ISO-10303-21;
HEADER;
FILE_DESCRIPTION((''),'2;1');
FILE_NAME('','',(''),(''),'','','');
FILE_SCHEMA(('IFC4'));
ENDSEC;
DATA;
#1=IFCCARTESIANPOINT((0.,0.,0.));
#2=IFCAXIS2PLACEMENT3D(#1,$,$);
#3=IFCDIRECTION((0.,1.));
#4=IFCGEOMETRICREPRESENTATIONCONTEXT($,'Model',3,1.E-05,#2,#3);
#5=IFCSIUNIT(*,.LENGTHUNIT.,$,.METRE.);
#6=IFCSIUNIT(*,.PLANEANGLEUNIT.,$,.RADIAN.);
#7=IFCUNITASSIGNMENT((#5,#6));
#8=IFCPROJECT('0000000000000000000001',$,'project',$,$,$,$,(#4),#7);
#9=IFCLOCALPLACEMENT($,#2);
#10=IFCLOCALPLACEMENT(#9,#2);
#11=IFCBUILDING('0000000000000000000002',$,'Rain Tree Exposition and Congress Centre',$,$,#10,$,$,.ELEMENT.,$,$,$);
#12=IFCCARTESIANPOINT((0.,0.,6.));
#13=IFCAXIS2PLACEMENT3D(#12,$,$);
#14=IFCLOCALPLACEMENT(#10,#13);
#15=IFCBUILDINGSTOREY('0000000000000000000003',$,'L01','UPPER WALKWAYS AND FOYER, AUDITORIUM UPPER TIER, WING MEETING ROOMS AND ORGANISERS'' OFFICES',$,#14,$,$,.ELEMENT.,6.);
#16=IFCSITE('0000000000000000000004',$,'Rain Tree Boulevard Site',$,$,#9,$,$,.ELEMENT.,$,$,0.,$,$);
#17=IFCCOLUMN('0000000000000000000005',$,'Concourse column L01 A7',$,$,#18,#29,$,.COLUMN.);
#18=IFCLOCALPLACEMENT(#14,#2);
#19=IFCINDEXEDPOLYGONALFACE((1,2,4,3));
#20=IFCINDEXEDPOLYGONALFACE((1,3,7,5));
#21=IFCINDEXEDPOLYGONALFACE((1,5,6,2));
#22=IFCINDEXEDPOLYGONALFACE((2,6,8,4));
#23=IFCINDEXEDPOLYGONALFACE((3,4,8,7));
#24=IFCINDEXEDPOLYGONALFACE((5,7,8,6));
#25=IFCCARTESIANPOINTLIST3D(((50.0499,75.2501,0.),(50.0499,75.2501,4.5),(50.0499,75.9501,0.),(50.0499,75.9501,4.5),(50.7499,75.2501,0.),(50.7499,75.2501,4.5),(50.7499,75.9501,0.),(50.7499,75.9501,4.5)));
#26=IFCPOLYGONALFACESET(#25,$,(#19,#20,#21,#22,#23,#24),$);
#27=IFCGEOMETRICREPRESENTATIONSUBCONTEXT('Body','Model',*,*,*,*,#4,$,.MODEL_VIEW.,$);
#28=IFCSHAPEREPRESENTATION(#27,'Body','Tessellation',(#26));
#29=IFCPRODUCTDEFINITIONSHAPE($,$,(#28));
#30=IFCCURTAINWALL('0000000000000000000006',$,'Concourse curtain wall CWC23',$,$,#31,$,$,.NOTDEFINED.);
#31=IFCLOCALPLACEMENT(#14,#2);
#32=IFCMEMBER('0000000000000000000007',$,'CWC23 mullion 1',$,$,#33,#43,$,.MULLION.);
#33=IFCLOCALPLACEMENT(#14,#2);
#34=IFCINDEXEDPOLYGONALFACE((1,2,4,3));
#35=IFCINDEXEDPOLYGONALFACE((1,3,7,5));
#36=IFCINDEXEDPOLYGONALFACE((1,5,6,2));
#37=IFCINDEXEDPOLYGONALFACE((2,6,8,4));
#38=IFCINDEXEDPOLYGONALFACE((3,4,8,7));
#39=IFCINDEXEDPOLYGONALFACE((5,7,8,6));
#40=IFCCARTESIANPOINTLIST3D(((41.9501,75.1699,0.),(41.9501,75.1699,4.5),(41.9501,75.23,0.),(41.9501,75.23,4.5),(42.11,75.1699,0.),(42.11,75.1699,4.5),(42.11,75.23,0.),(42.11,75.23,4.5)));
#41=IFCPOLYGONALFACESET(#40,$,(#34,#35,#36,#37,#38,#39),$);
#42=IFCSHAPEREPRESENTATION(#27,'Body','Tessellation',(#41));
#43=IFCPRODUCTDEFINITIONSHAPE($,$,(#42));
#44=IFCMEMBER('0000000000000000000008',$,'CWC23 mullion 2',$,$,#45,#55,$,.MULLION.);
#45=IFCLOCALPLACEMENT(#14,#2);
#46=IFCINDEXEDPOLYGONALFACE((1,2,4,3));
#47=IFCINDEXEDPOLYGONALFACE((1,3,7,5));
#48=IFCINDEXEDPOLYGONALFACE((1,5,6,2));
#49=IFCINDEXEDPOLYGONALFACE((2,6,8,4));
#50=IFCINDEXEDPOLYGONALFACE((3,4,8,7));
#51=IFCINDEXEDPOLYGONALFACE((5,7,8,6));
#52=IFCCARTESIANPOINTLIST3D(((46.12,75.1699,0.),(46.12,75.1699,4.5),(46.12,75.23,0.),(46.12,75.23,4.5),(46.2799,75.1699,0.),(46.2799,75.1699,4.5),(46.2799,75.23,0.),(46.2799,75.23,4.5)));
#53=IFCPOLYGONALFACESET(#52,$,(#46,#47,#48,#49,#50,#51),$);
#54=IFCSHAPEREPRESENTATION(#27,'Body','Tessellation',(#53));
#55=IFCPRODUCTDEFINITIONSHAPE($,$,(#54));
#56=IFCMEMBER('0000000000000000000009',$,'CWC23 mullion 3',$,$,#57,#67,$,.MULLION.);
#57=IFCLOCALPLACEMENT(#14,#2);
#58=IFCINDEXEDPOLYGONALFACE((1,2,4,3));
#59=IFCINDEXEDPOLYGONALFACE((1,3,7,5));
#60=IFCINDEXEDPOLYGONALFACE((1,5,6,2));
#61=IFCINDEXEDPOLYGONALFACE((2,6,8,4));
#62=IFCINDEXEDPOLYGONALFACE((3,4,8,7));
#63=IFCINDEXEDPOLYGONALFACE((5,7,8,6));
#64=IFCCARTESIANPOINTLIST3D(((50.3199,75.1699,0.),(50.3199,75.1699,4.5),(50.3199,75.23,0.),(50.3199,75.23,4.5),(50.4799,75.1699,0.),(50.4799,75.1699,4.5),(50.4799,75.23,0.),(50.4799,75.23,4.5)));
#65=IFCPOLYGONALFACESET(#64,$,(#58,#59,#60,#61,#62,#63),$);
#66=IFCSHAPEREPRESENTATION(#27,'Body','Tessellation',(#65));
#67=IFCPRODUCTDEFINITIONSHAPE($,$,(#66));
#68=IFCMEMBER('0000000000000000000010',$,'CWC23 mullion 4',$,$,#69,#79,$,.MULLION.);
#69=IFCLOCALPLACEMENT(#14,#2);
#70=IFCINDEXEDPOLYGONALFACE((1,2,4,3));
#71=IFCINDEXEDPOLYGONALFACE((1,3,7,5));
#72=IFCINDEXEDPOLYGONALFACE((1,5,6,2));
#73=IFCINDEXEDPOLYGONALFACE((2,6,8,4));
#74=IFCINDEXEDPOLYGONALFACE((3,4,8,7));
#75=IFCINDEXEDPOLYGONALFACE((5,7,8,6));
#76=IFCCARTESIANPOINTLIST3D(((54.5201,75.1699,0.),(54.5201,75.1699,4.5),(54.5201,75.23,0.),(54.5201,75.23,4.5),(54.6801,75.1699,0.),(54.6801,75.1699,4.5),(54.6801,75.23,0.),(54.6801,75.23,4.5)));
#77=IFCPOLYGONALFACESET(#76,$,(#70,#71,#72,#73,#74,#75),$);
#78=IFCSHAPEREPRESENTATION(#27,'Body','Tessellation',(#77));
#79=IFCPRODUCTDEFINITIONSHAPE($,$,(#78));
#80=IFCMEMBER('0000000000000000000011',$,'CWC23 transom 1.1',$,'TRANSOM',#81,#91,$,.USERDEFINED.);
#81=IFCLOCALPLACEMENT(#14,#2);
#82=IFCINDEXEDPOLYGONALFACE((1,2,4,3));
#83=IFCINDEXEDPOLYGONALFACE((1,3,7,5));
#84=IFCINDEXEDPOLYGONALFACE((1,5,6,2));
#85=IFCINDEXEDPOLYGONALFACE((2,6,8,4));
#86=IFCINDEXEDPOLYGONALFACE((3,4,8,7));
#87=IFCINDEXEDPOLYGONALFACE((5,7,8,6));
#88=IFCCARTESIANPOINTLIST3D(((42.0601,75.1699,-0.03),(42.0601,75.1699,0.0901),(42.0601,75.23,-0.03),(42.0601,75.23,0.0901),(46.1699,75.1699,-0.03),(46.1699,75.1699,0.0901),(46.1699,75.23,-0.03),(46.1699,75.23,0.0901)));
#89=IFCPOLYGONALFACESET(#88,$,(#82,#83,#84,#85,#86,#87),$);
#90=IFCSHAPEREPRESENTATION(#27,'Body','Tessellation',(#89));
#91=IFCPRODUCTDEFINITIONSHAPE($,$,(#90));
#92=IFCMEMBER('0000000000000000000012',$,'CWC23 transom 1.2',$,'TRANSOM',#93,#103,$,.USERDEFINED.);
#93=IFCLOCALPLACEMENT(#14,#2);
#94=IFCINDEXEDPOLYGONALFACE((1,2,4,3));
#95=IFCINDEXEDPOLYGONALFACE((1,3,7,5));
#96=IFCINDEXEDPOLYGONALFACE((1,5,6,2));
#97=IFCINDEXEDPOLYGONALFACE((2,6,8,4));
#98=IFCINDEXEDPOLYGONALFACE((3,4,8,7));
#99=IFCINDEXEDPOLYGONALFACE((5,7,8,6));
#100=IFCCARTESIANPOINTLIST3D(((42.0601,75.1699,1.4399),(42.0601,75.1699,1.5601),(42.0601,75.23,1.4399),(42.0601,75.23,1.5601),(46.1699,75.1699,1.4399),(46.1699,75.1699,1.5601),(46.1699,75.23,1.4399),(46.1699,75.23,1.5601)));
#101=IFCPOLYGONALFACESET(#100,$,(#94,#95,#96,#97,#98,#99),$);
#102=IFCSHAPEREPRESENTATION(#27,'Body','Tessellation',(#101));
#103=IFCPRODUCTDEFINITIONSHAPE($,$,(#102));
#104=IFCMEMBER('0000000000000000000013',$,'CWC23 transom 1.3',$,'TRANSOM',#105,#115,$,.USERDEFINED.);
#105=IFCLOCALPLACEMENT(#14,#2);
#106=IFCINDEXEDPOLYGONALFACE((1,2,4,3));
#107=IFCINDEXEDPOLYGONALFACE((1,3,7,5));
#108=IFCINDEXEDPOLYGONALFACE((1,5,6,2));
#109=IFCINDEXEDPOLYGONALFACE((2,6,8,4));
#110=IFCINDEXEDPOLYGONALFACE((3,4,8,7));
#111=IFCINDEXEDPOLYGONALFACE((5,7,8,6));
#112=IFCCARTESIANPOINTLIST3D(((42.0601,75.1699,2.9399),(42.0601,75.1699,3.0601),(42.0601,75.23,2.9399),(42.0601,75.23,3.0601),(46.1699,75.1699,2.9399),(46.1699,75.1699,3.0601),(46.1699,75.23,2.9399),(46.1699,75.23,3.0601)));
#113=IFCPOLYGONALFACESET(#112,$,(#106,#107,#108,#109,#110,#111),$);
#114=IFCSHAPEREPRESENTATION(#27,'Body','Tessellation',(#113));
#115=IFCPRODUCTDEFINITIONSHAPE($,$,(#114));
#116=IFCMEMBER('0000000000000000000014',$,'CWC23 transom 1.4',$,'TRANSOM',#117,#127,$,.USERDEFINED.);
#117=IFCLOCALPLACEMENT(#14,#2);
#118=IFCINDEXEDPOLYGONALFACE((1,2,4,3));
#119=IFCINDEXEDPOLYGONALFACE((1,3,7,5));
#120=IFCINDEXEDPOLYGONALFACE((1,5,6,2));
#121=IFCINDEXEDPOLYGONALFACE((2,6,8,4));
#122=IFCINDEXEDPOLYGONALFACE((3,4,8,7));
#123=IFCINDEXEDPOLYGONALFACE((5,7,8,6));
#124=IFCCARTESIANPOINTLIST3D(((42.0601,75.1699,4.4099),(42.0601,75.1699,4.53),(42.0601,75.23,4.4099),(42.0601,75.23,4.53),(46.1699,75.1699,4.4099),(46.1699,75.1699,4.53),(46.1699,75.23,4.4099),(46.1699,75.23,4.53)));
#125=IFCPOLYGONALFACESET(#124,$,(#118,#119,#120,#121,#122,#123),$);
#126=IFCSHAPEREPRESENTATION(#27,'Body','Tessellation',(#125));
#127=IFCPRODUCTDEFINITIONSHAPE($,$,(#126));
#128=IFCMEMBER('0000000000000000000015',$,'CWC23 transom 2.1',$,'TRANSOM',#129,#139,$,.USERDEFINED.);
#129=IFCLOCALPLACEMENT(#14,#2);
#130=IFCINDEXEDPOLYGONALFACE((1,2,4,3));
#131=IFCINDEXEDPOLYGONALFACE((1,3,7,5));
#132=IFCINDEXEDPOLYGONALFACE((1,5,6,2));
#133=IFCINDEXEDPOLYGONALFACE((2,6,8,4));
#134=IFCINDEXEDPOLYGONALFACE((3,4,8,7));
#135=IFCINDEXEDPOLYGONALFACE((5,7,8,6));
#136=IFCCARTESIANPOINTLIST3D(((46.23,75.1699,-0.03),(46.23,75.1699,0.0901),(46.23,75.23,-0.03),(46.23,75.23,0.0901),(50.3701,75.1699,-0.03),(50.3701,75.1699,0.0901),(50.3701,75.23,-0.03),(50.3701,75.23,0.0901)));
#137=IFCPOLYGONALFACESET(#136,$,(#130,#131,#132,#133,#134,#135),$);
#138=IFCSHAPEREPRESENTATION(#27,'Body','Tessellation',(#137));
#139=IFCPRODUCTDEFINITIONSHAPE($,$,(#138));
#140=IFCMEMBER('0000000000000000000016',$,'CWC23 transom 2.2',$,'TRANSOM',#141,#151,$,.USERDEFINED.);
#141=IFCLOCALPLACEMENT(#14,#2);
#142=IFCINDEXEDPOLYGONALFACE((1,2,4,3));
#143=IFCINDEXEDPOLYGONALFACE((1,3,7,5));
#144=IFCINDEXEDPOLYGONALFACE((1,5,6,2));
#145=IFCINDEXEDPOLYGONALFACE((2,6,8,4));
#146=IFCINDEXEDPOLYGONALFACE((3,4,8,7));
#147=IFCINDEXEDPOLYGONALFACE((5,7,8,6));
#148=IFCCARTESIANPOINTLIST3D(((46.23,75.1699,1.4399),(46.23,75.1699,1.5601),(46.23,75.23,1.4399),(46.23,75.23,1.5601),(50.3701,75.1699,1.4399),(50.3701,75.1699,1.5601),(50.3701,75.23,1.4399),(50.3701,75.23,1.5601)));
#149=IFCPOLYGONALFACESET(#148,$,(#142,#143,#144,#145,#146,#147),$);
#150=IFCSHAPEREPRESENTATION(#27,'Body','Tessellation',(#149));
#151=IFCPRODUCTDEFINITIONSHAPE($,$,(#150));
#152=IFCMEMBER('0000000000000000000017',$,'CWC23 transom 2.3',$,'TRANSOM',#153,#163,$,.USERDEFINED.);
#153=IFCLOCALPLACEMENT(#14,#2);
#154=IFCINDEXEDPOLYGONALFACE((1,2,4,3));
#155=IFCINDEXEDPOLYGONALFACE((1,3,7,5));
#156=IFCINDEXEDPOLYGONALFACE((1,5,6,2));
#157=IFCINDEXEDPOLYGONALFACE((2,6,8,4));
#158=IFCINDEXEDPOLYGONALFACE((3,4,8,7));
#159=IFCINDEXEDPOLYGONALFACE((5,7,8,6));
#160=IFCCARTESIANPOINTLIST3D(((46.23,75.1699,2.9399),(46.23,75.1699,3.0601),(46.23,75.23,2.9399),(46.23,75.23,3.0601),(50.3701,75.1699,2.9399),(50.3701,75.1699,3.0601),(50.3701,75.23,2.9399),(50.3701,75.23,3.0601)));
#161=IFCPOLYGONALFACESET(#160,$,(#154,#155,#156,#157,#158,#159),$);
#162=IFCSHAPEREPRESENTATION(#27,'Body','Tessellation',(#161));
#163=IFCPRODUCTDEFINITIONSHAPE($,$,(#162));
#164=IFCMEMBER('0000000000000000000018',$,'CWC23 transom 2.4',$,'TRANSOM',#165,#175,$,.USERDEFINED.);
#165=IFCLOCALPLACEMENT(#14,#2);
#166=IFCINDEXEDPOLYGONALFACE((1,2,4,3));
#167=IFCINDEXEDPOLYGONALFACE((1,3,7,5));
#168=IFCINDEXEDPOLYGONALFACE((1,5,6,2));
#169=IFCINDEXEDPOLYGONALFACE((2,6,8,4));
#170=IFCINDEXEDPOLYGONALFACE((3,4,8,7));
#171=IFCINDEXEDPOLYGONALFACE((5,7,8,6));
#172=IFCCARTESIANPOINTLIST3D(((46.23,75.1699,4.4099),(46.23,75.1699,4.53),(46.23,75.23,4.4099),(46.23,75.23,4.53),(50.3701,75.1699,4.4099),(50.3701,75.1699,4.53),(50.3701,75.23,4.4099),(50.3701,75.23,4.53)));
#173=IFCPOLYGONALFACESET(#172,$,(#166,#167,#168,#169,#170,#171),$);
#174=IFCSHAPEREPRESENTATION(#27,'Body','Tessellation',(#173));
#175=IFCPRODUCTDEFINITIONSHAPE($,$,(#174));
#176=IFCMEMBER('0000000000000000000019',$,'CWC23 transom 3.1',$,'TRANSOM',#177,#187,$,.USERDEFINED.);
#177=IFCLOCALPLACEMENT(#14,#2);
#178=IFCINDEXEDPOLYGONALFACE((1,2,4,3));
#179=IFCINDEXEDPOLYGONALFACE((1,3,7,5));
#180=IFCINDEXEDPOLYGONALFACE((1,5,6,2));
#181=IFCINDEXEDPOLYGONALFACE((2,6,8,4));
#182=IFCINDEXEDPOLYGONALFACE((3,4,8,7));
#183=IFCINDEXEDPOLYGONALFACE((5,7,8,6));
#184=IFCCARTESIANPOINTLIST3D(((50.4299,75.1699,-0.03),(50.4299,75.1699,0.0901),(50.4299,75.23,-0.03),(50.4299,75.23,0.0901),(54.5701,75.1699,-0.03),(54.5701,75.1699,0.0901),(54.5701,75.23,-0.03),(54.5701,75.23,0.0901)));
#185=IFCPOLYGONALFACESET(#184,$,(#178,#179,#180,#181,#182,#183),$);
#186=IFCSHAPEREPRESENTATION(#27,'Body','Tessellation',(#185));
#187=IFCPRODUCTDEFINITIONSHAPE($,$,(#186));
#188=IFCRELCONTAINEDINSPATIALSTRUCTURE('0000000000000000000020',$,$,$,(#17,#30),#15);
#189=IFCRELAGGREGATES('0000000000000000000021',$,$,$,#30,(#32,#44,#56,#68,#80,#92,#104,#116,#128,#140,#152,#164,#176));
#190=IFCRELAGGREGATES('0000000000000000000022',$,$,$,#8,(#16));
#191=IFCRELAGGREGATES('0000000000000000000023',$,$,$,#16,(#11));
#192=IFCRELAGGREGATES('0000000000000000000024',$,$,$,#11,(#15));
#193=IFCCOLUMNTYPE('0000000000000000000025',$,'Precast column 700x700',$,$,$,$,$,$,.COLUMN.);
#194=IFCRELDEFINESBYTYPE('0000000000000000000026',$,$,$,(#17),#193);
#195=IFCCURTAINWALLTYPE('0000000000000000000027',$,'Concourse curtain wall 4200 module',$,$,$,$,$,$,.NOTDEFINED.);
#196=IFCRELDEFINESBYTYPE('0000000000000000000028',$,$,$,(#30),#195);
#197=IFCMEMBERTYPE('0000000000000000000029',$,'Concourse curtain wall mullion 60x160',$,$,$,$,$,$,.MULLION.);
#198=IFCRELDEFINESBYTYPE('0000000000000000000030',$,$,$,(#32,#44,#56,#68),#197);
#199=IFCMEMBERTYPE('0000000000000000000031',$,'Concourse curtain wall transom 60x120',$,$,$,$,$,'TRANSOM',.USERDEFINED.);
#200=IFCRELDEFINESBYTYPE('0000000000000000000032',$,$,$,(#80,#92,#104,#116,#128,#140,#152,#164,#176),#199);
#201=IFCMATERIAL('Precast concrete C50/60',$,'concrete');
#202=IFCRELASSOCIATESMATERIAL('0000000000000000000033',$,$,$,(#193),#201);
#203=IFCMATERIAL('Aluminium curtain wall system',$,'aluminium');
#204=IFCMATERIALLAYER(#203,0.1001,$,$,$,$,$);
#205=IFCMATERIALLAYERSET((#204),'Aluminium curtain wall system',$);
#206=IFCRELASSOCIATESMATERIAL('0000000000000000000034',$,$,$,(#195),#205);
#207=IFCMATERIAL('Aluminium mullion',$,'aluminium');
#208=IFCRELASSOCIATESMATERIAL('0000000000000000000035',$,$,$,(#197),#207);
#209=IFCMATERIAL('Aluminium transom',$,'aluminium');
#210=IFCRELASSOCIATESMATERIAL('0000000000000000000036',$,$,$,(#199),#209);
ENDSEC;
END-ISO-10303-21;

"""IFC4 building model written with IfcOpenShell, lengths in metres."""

from ifc_helpers import new_model, si_unit, direction, frame, origin, origin_2d, place, context, subcontext, project, spatial, rectangle, extrude, material, layer, layer_set, material_profile, profile_set, type_object, element, aggregate, save


model = new_model("IFC4")

# Units and contexts
model_context = context("Model", 3, precision=1e-05, world=origin(), true_north=direction((0.0, 1.0)))
body_context = subcontext(model_context, "Body", "Model", "MODEL_VIEW")
ifc_project = project(units=[si_unit("LENGTHUNIT", "METRE"), si_unit("PLANEANGLEUNIT", "RADIAN")], contexts=[model_context])

# Site, building, storey
site_placement = place(None, origin())
site = spatial("IfcSite", under=ifc_project, at=site_placement, Name="Rain Tree Boulevard Site", CompositionType="ELEMENT", RefElevation=0.0)
building_placement = place(site_placement, origin())
building = spatial("IfcBuilding", under=site, at=building_placement, Name="Rain Tree Exposition and Congress Centre", CompositionType="ELEMENT")
storey_placement = place(building_placement, frame((0.0, 0.0, 6.0)))
storey = spatial("IfcBuildingStorey", under=building, at=storey_placement, Name="L01", Description="UPPER WALKWAYS AND FOYER, AUDITORIUM UPPER TIER, WING MEETING ROOMS AND ORGANISERS' OFFICES", CompositionType="ELEMENT", Elevation=6.0)

# Column
ifc_material_1 = material(Name="Precast concrete C50/60", Category="concrete")
ifc_material_profile_1 = material_profile(ifc_material_1, rectangle(XDim=0.7, YDim=0.7, at=origin_2d()), Name="RC 700x700")
ifc_profile_set_1 = profile_set([ifc_material_profile_1], Name="Precast concrete C50/60")
column_type = type_object("IfcColumnType", Name="Precast column 700x700", PredefinedType="COLUMN", material=ifc_profile_set_1)
column_placement = place(storey_placement, frame((50.3999, 75.6001, 0.0), z_axis=(0.0, 0.0, 1.0), x_axis=(1.0, 0.0, 0.0)))
element("IfcColumn", 1, at=column_placement, inside=storey, type_object=column_type, Name="Concourse column L01 A7", PredefinedType="COLUMN", context=body_context, shape_type="SweptSolid", body=[
    extrude(rectangle(XDim=0.7, YDim=0.7, at=origin_2d()), origin(), (0.0, 0.0, 1.0), 4.5),
])

# Curtain wall, members
ifc_material_2 = material(Name="Aluminium curtain wall system", Category="aluminium")
ifc_layer_1 = layer(ifc_material_2, 0.1001)
ifc_layer_set_1 = layer_set([ifc_layer_1], Name="Aluminium curtain wall system")
curtain_wall_type = type_object("IfcCurtainWallType", Name="Concourse curtain wall 4200 module", PredefinedType="NOTDEFINED", material=ifc_layer_set_1)
curtain_wall_placement = place(storey_placement, origin())
curtain_wall = element("IfcCurtainWall", 2, at=curtain_wall_placement, inside=storey, type_object=curtain_wall_type, Name="Concourse curtain wall CWC23", PredefinedType="NOTDEFINED")
ifc_material_3 = material(Name="Aluminium mullion", Category="aluminium")
ifc_material_profile_2 = material_profile(ifc_material_3, rectangle(XDim=0.0601, YDim=0.1599, at=origin_2d()), Name="AL 60x160")
ifc_profile_set_2 = profile_set([ifc_material_profile_2], Name="Aluminium mullion")
member_type_1 = type_object("IfcMemberType", Name="Concourse curtain wall mullion 60x160", PredefinedType="MULLION", material=ifc_profile_set_2)
member_1_placement = place(storey_placement, frame((42.03, 75.2, 0.0), z_axis=(0.0, 0.0, 1.0), x_axis=(0.0, 1.0, 0.0)))
member_1 = element("IfcMember", 3, at=member_1_placement, type_object=member_type_1, Name="CWC23 mullion 1", PredefinedType="MULLION", context=body_context, shape_type="SweptSolid", body=[
    extrude(rectangle(XDim=0.0601, YDim=0.1599, at=origin_2d()), origin(), (0.0, 0.0, 1.0), 4.5),
])
member_2_placement = place(storey_placement, frame((46.2, 75.2, 0.0), z_axis=(0.0, 0.0, 1.0), x_axis=(0.0, 1.0, 0.0)))
member_2 = element("IfcMember", 4, at=member_2_placement, type_object=member_type_1, Name="CWC23 mullion 2", PredefinedType="MULLION", context=body_context, shape_type="SweptSolid", body=[
    extrude(rectangle(XDim=0.0601, YDim=0.1599, at=origin_2d()), origin(), (0.0, 0.0, 1.0), 4.5),
])
member_3_placement = place(storey_placement, frame((50.3999, 75.2, 0.0), z_axis=(0.0, 0.0, 1.0), x_axis=(0.0, 1.0, 0.0)))
member_3 = element("IfcMember", 5, at=member_3_placement, type_object=member_type_1, Name="CWC23 mullion 3", PredefinedType="MULLION", context=body_context, shape_type="SweptSolid", body=[
    extrude(rectangle(XDim=0.0601, YDim=0.1599, at=origin_2d()), origin(), (0.0, 0.0, 1.0), 4.5),
])
member_4_placement = place(storey_placement, frame((54.6001, 75.2, 0.0), z_axis=(0.0, 0.0, 1.0), x_axis=(0.0, 1.0, 0.0)))
member_4 = element("IfcMember", 6, at=member_4_placement, type_object=member_type_1, Name="CWC23 mullion 4", PredefinedType="MULLION", context=body_context, shape_type="SweptSolid", body=[
    extrude(rectangle(XDim=0.0601, YDim=0.1599, at=origin_2d()), origin(), (0.0, 0.0, 1.0), 4.5),
])
ifc_material_4 = material(Name="Aluminium transom", Category="aluminium")
ifc_material_profile_3 = material_profile(ifc_material_4, rectangle(XDim=0.0601, YDim=0.1201, at=origin_2d()), Name="AL 60x120")
ifc_profile_set_3 = profile_set([ifc_material_profile_3], Name="Aluminium transom")
member_type_2 = type_object("IfcMemberType", Name="Concourse curtain wall transom 60x120", ElementType="TRANSOM", PredefinedType="USERDEFINED", material=ifc_profile_set_3)
member_5_placement = place(storey_placement, frame((42.0601, 75.2, 0.03), z_axis=(1.0, 0.0, 0.0), x_axis=(0.0, 1.0, 0.0)))
member_5 = element("IfcMember", 7, at=member_5_placement, type_object=member_type_2, Name="CWC23 transom 1.1", ObjectType="TRANSOM", PredefinedType="USERDEFINED", context=body_context, shape_type="SweptSolid", body=[
    extrude(rectangle(XDim=0.0601, YDim=0.1201, at=origin_2d()), origin(), (0.0, 0.0, 1.0), 4.1099),
])
member_6_placement = place(storey_placement, frame((42.0601, 75.2, 1.5), z_axis=(1.0, 0.0, 0.0), x_axis=(0.0, 1.0, 0.0)))
member_6 = element("IfcMember", 8, at=member_6_placement, type_object=member_type_2, Name="CWC23 transom 1.2", ObjectType="TRANSOM", PredefinedType="USERDEFINED", context=body_context, shape_type="SweptSolid", body=[
    extrude(rectangle(XDim=0.0601, YDim=0.1201, at=origin_2d()), origin(), (0.0, 0.0, 1.0), 4.1099),
])
member_7_placement = place(storey_placement, frame((42.0601, 75.2, 3.0), z_axis=(1.0, 0.0, 0.0), x_axis=(0.0, 1.0, 0.0)))
member_7 = element("IfcMember", 9, at=member_7_placement, type_object=member_type_2, Name="CWC23 transom 1.3", ObjectType="TRANSOM", PredefinedType="USERDEFINED", context=body_context, shape_type="SweptSolid", body=[
    extrude(rectangle(XDim=0.0601, YDim=0.1201, at=origin_2d()), origin(), (0.0, 0.0, 1.0), 4.1099),
])
member_8_placement = place(storey_placement, frame((42.0601, 75.2, 4.47), z_axis=(1.0, 0.0, 0.0), x_axis=(0.0, 1.0, 0.0)))
member_8 = element("IfcMember", 10, at=member_8_placement, type_object=member_type_2, Name="CWC23 transom 1.4", ObjectType="TRANSOM", PredefinedType="USERDEFINED", context=body_context, shape_type="SweptSolid", body=[
    extrude(rectangle(XDim=0.0601, YDim=0.1201, at=origin_2d()), origin(), (0.0, 0.0, 1.0), 4.1099),
])
member_9_placement = place(storey_placement, frame((46.23, 75.2, 0.03), z_axis=(1.0, 0.0, 0.0), x_axis=(0.0, 1.0, 0.0)))
member_9 = element("IfcMember", 11, at=member_9_placement, type_object=member_type_2, Name="CWC23 transom 2.1", ObjectType="TRANSOM", PredefinedType="USERDEFINED", context=body_context, shape_type="SweptSolid", body=[
    extrude(rectangle(XDim=0.0601, YDim=0.1201, at=origin_2d()), origin(), (0.0, 0.0, 1.0), 4.1401),
])
member_10_placement = place(storey_placement, frame((46.23, 75.2, 1.5), z_axis=(1.0, 0.0, 0.0), x_axis=(0.0, 1.0, 0.0)))
member_10 = element("IfcMember", 12, at=member_10_placement, type_object=member_type_2, Name="CWC23 transom 2.2", ObjectType="TRANSOM", PredefinedType="USERDEFINED", context=body_context, shape_type="SweptSolid", body=[
    extrude(rectangle(XDim=0.0601, YDim=0.1201, at=origin_2d()), origin(), (0.0, 0.0, 1.0), 4.1401),
])
member_11_placement = place(storey_placement, frame((46.23, 75.2, 3.0), z_axis=(1.0, 0.0, 0.0), x_axis=(0.0, 1.0, 0.0)))
member_11 = element("IfcMember", 13, at=member_11_placement, type_object=member_type_2, Name="CWC23 transom 2.3", ObjectType="TRANSOM", PredefinedType="USERDEFINED", context=body_context, shape_type="SweptSolid", body=[
    extrude(rectangle(XDim=0.0601, YDim=0.1201, at=origin_2d()), origin(), (0.0, 0.0, 1.0), 4.1401),
])
member_12_placement = place(storey_placement, frame((46.23, 75.2, 4.47), z_axis=(1.0, 0.0, 0.0), x_axis=(0.0, 1.0, 0.0)))
member_12 = element("IfcMember", 14, at=member_12_placement, type_object=member_type_2, Name="CWC23 transom 2.4", ObjectType="TRANSOM", PredefinedType="USERDEFINED", context=body_context, shape_type="SweptSolid", body=[
    extrude(rectangle(XDim=0.0601, YDim=0.1201, at=origin_2d()), origin(), (0.0, 0.0, 1.0), 4.1401),
])
member_13_placement = place(storey_placement, frame((50.4299, 75.2, 0.03), z_axis=(1.0, 0.0, 0.0), x_axis=(0.0, 1.0, 0.0)))
member_13 = element("IfcMember", 15, at=member_13_placement, type_object=member_type_2, Name="CWC23 transom 3.1", ObjectType="TRANSOM", PredefinedType="USERDEFINED", context=body_context, shape_type="SweptSolid", body=[
    extrude(rectangle(XDim=0.0601, YDim=0.1201, at=origin_2d()), origin(), (0.0, 0.0, 1.0), 4.1401),
])

aggregate(curtain_wall, [member_1, member_2, member_3, member_4, member_5, member_6, member_7, member_8, member_9, member_10, member_11, member_12, member_13])

save(model, "model.ifc")
